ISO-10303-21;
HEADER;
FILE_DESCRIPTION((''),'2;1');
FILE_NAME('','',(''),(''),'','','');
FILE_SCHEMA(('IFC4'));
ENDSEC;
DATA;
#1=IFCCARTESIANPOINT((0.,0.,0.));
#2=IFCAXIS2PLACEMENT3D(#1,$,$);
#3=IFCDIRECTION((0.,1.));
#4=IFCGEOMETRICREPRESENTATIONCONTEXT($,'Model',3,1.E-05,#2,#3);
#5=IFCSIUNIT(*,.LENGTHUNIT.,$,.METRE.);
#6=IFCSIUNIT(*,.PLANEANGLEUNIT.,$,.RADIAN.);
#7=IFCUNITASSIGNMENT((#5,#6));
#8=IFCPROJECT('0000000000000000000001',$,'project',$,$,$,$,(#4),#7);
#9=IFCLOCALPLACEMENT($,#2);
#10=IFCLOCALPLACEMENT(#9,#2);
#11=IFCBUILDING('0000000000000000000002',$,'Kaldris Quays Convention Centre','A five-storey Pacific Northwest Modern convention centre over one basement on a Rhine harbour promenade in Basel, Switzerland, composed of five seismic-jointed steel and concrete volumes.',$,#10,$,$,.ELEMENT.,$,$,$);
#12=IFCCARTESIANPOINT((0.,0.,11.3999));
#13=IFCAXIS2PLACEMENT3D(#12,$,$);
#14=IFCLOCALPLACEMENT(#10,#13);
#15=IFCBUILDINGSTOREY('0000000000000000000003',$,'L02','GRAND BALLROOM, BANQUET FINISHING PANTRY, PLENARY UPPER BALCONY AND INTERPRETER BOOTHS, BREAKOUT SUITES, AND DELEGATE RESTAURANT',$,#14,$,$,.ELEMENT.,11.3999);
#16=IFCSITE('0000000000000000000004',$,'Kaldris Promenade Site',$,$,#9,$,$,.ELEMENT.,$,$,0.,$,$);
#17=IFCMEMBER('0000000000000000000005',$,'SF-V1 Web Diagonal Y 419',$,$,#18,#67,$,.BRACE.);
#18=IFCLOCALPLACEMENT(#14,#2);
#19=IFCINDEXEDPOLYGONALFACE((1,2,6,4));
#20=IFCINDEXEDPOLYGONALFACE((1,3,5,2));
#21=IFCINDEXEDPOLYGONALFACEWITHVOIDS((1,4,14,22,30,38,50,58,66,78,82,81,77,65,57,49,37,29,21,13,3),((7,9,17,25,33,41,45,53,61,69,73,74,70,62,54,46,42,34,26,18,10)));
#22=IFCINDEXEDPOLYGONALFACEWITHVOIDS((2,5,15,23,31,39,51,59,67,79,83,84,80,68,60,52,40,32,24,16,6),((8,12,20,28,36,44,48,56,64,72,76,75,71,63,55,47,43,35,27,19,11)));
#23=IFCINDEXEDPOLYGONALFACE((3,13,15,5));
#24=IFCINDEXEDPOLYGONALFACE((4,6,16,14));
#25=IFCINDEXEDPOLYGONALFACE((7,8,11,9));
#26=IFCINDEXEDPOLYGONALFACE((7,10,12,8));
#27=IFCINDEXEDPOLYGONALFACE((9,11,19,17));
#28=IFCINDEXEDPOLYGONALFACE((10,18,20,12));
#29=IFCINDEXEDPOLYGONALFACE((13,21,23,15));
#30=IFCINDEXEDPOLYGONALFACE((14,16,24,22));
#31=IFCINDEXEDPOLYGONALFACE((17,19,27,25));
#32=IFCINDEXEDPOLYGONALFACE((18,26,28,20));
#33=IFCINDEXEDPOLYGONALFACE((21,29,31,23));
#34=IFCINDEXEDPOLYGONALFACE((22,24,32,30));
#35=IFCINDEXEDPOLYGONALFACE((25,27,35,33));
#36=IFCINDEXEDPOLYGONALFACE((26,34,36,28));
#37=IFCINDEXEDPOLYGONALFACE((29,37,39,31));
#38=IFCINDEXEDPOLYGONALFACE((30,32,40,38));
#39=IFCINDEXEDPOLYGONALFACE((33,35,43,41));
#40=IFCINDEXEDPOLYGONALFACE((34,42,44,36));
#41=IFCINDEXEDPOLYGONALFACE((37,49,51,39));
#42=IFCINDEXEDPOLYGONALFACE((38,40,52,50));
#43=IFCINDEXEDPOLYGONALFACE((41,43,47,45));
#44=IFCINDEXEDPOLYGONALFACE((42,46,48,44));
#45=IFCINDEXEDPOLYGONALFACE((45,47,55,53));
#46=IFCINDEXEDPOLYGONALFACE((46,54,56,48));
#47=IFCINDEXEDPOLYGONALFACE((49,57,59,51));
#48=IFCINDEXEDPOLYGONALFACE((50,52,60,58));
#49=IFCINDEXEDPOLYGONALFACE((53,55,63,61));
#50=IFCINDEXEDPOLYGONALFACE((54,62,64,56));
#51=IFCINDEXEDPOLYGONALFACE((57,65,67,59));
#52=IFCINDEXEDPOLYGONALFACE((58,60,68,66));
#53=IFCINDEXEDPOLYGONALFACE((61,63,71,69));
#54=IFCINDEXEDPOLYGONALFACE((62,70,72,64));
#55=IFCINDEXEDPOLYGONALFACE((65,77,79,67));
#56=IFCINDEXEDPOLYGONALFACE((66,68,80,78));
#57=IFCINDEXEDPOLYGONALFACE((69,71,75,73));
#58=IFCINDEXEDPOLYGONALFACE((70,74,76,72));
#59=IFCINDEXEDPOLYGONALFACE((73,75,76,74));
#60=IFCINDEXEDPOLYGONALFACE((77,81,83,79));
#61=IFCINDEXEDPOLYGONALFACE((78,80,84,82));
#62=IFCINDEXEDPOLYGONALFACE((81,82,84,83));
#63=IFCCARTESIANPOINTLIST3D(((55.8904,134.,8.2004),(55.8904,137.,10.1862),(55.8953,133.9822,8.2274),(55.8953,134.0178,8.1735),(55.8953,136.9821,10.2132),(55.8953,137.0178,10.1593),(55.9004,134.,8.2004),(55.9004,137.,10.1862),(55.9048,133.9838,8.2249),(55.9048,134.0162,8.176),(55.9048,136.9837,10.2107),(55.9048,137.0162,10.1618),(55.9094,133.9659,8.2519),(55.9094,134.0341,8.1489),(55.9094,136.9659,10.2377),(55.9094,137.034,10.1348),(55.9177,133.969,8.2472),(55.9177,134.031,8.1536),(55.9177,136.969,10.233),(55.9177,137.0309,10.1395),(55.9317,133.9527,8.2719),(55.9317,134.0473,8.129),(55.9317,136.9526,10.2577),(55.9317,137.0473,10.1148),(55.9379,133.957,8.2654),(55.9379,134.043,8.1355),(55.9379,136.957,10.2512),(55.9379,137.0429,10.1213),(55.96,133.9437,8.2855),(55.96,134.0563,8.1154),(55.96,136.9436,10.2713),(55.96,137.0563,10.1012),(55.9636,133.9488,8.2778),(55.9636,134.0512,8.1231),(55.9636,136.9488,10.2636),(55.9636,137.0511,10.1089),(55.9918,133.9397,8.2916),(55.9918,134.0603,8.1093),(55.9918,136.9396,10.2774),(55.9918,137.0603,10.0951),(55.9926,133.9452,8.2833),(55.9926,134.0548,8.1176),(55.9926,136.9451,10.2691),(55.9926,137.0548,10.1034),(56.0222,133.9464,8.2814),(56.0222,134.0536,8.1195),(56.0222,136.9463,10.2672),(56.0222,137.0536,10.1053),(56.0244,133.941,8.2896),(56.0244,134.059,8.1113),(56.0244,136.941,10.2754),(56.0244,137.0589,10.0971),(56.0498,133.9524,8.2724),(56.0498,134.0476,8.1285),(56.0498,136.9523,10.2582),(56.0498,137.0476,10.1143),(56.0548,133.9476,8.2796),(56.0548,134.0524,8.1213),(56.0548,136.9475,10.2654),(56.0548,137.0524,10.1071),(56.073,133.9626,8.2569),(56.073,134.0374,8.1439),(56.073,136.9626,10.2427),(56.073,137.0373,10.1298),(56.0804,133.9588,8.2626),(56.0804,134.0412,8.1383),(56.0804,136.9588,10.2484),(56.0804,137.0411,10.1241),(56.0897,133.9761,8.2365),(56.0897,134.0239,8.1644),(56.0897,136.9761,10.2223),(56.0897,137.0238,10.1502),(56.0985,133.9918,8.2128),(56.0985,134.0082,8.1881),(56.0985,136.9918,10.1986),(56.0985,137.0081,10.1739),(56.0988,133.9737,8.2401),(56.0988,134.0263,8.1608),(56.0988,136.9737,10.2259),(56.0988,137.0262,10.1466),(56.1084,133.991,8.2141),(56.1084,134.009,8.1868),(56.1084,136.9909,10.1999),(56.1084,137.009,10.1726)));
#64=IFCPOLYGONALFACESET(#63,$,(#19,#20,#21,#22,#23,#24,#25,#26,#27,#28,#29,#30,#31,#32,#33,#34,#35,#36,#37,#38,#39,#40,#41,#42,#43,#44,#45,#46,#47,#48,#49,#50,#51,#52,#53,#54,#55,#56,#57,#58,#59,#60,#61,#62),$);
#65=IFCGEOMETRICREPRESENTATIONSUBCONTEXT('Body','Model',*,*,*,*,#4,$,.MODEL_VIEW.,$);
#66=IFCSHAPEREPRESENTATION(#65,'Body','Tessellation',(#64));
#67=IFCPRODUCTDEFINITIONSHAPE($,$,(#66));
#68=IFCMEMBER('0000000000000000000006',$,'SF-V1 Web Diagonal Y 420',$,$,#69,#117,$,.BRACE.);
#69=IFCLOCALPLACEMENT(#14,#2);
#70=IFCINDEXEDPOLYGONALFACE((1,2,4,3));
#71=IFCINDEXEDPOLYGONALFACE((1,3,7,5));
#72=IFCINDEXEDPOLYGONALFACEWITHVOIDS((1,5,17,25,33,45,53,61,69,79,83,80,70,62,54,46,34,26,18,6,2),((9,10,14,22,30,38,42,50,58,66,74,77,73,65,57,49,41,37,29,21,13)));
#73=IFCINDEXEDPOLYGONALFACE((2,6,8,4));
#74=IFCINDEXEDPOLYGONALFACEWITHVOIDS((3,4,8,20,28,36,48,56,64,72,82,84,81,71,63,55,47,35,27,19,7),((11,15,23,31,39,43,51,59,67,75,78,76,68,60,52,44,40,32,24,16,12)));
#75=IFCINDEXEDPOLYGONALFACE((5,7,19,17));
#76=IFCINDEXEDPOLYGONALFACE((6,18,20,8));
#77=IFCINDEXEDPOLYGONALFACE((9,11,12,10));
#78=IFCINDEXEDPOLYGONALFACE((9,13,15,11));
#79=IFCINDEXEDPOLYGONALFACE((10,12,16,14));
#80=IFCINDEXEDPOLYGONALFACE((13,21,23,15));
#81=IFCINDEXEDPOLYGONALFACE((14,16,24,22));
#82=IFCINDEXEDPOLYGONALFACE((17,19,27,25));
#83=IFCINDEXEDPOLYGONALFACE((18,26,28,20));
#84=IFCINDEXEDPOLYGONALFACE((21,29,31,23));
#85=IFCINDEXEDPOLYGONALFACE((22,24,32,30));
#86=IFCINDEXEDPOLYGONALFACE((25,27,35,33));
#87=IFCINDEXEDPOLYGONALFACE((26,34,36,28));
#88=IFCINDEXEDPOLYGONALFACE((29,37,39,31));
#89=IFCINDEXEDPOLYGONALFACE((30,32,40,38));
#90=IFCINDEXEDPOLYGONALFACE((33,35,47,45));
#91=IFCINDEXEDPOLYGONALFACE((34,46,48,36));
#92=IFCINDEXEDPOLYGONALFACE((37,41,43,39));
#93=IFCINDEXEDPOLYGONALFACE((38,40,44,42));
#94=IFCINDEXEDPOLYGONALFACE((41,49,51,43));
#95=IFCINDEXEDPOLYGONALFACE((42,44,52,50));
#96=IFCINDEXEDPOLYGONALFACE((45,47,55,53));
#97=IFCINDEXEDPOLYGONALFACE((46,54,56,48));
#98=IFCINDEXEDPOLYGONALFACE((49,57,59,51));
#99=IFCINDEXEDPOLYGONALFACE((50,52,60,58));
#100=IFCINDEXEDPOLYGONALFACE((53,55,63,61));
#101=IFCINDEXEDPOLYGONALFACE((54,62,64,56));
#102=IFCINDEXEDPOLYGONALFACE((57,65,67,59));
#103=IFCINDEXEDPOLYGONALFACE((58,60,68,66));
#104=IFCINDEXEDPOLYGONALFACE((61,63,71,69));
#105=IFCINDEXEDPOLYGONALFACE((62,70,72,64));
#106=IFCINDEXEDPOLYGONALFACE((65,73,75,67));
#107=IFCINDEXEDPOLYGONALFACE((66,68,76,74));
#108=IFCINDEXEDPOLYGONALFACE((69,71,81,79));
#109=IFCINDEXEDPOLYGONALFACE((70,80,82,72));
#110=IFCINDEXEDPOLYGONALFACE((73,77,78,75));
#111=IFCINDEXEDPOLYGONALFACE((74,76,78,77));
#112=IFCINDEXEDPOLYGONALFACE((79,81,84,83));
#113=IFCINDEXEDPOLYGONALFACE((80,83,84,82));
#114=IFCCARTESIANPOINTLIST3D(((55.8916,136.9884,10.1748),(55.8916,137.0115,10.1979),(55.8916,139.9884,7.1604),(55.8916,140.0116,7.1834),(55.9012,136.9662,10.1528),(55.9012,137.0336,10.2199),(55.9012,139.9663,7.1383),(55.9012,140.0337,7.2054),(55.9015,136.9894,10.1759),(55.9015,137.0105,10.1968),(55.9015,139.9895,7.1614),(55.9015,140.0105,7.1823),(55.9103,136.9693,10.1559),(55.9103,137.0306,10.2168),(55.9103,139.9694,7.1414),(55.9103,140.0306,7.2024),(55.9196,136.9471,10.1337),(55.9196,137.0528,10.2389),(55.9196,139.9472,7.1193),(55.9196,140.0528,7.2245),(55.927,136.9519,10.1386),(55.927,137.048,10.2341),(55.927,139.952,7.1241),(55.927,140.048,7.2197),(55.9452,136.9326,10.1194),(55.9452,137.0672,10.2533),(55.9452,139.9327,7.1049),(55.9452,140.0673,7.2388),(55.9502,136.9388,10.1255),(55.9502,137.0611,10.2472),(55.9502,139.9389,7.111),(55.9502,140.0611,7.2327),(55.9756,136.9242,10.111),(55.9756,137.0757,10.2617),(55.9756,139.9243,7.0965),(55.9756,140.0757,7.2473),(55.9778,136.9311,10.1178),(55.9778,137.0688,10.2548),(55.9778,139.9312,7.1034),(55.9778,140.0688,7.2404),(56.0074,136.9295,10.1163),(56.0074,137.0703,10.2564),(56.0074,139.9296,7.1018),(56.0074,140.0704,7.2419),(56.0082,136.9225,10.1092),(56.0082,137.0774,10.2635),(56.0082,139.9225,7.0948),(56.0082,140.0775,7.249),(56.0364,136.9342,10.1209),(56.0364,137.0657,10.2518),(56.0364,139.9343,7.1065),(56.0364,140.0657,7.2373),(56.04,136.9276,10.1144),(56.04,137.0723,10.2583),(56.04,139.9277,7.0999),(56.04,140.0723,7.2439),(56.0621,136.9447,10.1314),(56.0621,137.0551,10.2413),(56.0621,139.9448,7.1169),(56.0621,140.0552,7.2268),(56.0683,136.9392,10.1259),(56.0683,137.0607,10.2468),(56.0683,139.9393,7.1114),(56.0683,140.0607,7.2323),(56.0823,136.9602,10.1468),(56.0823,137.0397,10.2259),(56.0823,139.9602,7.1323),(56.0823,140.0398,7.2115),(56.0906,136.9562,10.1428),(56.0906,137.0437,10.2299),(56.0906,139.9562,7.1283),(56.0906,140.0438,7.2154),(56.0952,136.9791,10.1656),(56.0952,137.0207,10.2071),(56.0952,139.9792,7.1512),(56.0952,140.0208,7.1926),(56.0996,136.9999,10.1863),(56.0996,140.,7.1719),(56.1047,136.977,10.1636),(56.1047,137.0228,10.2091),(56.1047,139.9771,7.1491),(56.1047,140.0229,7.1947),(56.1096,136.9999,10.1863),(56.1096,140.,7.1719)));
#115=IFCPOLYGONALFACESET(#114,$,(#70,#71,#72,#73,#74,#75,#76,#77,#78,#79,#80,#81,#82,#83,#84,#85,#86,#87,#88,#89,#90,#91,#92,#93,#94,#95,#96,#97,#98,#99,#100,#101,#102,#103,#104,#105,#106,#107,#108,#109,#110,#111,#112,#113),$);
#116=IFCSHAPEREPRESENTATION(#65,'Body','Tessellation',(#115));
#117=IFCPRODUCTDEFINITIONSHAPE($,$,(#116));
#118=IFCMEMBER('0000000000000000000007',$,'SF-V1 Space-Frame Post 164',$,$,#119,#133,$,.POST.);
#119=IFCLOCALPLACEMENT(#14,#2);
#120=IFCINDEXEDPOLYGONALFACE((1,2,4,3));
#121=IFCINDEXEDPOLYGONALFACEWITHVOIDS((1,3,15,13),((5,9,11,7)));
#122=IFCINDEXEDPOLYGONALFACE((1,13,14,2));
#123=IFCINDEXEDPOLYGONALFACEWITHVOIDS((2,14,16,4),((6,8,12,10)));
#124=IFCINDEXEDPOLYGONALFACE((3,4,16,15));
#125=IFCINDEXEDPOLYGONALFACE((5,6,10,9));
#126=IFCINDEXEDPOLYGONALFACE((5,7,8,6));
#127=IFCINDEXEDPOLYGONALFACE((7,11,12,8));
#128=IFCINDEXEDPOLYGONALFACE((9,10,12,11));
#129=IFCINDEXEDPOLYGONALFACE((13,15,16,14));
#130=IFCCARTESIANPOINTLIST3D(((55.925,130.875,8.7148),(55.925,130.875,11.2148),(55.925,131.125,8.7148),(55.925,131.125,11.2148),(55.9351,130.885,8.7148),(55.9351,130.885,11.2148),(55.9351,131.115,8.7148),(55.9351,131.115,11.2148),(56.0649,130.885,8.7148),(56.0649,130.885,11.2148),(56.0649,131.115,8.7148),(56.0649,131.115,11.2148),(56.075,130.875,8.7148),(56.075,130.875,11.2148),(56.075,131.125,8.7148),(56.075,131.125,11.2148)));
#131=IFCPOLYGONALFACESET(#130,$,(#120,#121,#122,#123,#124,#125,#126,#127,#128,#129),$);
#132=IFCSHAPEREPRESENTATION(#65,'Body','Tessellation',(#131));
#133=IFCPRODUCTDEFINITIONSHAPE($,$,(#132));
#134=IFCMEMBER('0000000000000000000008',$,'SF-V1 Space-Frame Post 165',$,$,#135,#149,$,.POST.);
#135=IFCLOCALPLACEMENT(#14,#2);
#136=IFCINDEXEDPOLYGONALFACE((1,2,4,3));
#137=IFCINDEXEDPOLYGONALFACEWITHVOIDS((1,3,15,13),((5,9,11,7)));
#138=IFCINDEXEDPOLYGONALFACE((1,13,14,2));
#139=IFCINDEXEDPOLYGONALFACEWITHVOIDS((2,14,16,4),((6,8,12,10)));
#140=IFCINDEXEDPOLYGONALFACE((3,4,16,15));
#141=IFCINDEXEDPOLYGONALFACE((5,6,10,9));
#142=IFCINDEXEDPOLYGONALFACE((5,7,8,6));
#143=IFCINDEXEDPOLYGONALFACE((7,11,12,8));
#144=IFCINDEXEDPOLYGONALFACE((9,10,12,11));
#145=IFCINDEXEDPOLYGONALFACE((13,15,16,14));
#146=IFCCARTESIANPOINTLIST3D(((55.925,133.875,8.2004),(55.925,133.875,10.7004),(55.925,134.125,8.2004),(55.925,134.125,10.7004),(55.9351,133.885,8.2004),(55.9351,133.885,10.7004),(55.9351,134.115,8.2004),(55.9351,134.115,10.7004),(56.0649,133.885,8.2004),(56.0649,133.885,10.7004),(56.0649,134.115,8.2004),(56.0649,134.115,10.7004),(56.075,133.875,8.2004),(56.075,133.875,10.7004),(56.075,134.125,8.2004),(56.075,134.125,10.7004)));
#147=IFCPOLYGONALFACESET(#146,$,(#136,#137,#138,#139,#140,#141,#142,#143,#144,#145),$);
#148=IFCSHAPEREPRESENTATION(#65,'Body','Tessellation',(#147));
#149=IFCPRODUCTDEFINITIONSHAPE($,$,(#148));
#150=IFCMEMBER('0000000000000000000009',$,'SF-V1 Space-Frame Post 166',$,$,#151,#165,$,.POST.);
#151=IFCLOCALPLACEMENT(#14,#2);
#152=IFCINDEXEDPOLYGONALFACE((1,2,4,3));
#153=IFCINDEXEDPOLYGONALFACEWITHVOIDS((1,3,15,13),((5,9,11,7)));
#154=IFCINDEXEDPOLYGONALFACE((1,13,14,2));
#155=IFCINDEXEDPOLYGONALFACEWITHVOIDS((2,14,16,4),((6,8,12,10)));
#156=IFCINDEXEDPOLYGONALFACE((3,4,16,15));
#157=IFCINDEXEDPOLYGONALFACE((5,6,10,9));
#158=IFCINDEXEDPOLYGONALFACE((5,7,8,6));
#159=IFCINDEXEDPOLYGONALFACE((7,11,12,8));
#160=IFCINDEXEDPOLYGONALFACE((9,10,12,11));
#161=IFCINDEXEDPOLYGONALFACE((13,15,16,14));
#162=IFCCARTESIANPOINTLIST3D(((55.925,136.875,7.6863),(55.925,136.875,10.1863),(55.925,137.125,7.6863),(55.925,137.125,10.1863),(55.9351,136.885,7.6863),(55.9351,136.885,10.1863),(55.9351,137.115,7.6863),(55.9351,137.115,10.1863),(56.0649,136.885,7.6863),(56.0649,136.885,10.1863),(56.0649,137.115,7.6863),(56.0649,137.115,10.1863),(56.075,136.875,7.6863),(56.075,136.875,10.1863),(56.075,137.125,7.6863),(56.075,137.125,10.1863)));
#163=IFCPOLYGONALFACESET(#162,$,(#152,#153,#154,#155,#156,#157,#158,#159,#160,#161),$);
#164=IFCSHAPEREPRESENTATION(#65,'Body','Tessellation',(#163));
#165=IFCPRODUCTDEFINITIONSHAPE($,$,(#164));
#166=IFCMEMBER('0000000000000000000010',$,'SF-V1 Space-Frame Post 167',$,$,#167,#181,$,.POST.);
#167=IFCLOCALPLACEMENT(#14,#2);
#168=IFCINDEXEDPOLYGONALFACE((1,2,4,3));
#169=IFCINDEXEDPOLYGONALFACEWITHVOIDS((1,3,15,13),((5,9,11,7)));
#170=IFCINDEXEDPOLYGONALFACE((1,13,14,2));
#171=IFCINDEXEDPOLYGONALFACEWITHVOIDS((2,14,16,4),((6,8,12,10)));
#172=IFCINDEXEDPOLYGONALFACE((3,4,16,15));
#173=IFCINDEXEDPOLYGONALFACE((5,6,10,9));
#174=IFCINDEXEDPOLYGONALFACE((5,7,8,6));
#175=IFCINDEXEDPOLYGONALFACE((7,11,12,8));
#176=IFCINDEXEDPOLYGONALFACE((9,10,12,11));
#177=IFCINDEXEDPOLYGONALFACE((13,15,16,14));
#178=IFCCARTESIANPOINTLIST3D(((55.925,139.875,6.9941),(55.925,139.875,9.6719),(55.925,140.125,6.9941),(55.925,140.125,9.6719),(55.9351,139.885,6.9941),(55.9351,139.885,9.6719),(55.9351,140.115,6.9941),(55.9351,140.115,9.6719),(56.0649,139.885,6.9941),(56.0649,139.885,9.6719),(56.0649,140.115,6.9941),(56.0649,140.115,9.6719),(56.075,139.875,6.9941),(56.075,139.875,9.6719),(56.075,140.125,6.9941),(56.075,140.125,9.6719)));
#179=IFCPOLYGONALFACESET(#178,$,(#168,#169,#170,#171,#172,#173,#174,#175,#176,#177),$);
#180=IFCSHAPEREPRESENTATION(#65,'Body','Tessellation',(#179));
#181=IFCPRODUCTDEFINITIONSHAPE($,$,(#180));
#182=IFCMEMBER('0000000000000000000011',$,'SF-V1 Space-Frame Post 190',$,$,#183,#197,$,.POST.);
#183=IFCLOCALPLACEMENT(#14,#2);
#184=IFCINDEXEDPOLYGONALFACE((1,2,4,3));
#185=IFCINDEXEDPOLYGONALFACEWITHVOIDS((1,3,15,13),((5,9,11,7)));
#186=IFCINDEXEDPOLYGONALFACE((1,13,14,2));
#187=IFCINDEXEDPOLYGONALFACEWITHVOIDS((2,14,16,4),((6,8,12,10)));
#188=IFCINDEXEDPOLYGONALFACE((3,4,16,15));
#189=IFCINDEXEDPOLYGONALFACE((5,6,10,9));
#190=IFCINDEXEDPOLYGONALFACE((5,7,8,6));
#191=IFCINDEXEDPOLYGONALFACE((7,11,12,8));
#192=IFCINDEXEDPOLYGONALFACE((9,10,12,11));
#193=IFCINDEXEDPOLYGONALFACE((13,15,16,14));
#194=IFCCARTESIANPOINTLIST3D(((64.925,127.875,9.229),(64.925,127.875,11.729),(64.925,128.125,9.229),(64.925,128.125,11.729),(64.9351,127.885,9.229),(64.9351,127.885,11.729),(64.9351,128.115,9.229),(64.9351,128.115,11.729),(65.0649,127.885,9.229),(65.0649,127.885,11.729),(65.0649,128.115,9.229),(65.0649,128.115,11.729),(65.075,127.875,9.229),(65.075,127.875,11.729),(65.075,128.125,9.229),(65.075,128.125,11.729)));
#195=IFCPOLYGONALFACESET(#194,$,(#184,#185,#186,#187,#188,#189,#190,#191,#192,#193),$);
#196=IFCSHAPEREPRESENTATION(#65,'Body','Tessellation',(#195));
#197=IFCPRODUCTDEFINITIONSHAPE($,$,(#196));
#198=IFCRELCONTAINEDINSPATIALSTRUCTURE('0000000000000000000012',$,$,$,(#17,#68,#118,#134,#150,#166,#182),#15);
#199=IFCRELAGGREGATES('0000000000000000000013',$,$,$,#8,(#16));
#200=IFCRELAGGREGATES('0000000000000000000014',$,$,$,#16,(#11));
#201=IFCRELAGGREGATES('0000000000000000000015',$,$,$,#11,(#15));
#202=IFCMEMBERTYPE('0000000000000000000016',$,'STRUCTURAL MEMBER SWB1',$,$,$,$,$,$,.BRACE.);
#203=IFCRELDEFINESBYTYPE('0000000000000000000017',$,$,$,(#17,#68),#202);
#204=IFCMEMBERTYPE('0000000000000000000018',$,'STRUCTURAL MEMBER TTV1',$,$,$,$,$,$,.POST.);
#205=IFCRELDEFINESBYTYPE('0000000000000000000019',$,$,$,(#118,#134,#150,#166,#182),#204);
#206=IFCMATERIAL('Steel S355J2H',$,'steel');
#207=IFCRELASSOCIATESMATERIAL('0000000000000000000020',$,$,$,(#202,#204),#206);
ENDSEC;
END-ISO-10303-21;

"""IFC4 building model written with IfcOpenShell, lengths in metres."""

from ifc_helpers import new_model, si_unit, direction, frame, origin, origin_2d, place, context, subcontext, project, spatial, hollow_rectangle, hollow_circle, extrude, material, material_profile, profile_set, type_object, element, save


model = new_model("IFC4")

# Units and contexts
model_context = context("Model", 3, precision=1e-05, world=origin(), true_north=direction((0.0, 1.0)))
body_context = subcontext(model_context, "Body", "Model", "MODEL_VIEW")
ifc_project = project(units=[si_unit("LENGTHUNIT", "METRE"), si_unit("PLANEANGLEUNIT", "RADIAN")], contexts=[model_context])

# Site, building, storey
site_placement = place(None, origin())
site = spatial("IfcSite", under=ifc_project, at=site_placement, Name="Kaldris Promenade Site", CompositionType="ELEMENT", RefElevation=0.0)
building_placement = place(site_placement, origin())
building = spatial("IfcBuilding", under=site, at=building_placement, Name="Kaldris Quays Convention Centre", Description="A five-storey Pacific Northwest Modern convention centre over one basement on a Rhine harbour promenade in Basel, Switzerland, composed of five seismic-jointed steel and concrete volumes.", CompositionType="ELEMENT")
storey_placement = place(building_placement, frame((0.0, 0.0, 11.3999)))
storey = spatial("IfcBuildingStorey", under=building, at=storey_placement, Name="L02", Description="GRAND BALLROOM, BANQUET FINISHING PANTRY, PLENARY UPPER BALCONY AND INTERPRETER BOOTHS, BREAKOUT SUITES, AND DELEGATE RESTAURANT", CompositionType="ELEMENT", Elevation=11.3999)

# Members
ifc_material_1 = material(Name="Steel S355J2H", Category="steel")
ifc_material_profile_1 = material_profile(ifc_material_1, hollow_circle(Radius=0.1096, WallThickness=0.01, at=origin_2d()), Name="CHS 219.1x10")
ifc_profile_set_1 = profile_set([ifc_material_profile_1], Name="Steel S355J2H")
member_type_1 = type_object("IfcMemberType", Name="STRUCTURAL MEMBER SWB1", PredefinedType="BRACE", material=ifc_profile_set_1)
member_1_placement = place(storey_placement, frame((56.0, 134.0, 8.2004), z_axis=(0.0, 0.833862, 0.551972), x_axis=(-1.0, 0.0, 0.0)))
element("IfcMember", 1, at=member_1_placement, inside=storey, type_object=member_type_1, Name="SF-V1 Web Diagonal Y 419", PredefinedType="BRACE", context=body_context, shape_type="SweptSolid", body=[
    extrude(hollow_circle(Radius=0.1096, WallThickness=0.01, at=origin_2d()), origin(), (0.0, 0.0, 1.0), 3.5977),
])
member_2_placement = place(storey_placement, frame((56.0, 140.0, 7.1719), z_axis=(0.0, -0.705411, 0.708798), x_axis=(1.0, 0.0, 0.0)))
element("IfcMember", 2, at=member_2_placement, inside=storey, type_object=member_type_1, Name="SF-V1 Web Diagonal Y 420", PredefinedType="BRACE", context=body_context, shape_type="SweptSolid", body=[
    extrude(hollow_circle(Radius=0.1096, WallThickness=0.01, at=origin_2d()), origin(), (0.0, 0.0, 1.0), 4.2529),
])
ifc_material_profile_2 = material_profile(ifc_material_1, hollow_rectangle(XDim=0.1499, YDim=0.25, WallThickness=0.01, at=origin_2d()), Name="RHS 250x150x10")
ifc_profile_set_2 = profile_set([ifc_material_profile_2], Name="Steel S355J2H")
member_type_2 = type_object("IfcMemberType", Name="STRUCTURAL MEMBER TTV1", PredefinedType="POST", material=ifc_profile_set_2)
for number, where, z_axis, x_axis, name in (
    (3, (56.0, 131.0, 8.7148), (0.0, 0.0, 1.0), (1.0, 0.0, 0.0), "SF-V1 Space-Frame Post 164"),
    (4, (56.0, 134.0, 8.2004), (0.0, 0.0, 1.0), (1.0, 0.0, 0.0), "SF-V1 Space-Frame Post 165"),
    (5, (56.0, 137.0, 7.6863), (0.0, 0.0, 1.0), (1.0, 0.0, 0.0), "SF-V1 Space-Frame Post 166"),
):
    element("IfcMember", number, at=place(storey_placement, frame(where, z_axis=z_axis, x_axis=x_axis)), inside=storey, type_object=member_type_2, Name=name, PredefinedType="POST", context=body_context, shape_type="SweptSolid", body=[
        extrude(hollow_rectangle(XDim=0.1499, YDim=0.25, WallThickness=0.01, at=origin_2d()), origin(), (0.0, 0.0, 1.0), 2.5),
    ])
member_3_placement = place(storey_placement, frame((56.0, 140.0, 6.9941), z_axis=(0.0, 0.0, 1.0), x_axis=(1.0, 0.0, 0.0)))
element("IfcMember", 6, at=member_3_placement, inside=storey, type_object=member_type_2, Name="SF-V1 Space-Frame Post 167", PredefinedType="POST", context=body_context, shape_type="SweptSolid", body=[
    extrude(hollow_rectangle(XDim=0.1499, YDim=0.25, WallThickness=0.01, at=origin_2d()), origin(), (0.0, 0.0, 1.0), 2.6777),
])
for number, where, z_axis, x_axis, name in (
    (7, (65.0, 128.0, 9.229), (0.0, 0.0, 1.0), (1.0, 0.0, 0.0), "SF-V1 Space-Frame Post 190"),
):
    element("IfcMember", number, at=place(storey_placement, frame(where, z_axis=z_axis, x_axis=x_axis)), inside=storey, type_object=member_type_2, Name=name, PredefinedType="POST", context=body_context, shape_type="SweptSolid", body=[
        extrude(hollow_rectangle(XDim=0.1499, YDim=0.25, WallThickness=0.01, at=origin_2d()), origin(), (0.0, 0.0, 1.0), 2.5),
    ])

save(model, "model.ifc")
